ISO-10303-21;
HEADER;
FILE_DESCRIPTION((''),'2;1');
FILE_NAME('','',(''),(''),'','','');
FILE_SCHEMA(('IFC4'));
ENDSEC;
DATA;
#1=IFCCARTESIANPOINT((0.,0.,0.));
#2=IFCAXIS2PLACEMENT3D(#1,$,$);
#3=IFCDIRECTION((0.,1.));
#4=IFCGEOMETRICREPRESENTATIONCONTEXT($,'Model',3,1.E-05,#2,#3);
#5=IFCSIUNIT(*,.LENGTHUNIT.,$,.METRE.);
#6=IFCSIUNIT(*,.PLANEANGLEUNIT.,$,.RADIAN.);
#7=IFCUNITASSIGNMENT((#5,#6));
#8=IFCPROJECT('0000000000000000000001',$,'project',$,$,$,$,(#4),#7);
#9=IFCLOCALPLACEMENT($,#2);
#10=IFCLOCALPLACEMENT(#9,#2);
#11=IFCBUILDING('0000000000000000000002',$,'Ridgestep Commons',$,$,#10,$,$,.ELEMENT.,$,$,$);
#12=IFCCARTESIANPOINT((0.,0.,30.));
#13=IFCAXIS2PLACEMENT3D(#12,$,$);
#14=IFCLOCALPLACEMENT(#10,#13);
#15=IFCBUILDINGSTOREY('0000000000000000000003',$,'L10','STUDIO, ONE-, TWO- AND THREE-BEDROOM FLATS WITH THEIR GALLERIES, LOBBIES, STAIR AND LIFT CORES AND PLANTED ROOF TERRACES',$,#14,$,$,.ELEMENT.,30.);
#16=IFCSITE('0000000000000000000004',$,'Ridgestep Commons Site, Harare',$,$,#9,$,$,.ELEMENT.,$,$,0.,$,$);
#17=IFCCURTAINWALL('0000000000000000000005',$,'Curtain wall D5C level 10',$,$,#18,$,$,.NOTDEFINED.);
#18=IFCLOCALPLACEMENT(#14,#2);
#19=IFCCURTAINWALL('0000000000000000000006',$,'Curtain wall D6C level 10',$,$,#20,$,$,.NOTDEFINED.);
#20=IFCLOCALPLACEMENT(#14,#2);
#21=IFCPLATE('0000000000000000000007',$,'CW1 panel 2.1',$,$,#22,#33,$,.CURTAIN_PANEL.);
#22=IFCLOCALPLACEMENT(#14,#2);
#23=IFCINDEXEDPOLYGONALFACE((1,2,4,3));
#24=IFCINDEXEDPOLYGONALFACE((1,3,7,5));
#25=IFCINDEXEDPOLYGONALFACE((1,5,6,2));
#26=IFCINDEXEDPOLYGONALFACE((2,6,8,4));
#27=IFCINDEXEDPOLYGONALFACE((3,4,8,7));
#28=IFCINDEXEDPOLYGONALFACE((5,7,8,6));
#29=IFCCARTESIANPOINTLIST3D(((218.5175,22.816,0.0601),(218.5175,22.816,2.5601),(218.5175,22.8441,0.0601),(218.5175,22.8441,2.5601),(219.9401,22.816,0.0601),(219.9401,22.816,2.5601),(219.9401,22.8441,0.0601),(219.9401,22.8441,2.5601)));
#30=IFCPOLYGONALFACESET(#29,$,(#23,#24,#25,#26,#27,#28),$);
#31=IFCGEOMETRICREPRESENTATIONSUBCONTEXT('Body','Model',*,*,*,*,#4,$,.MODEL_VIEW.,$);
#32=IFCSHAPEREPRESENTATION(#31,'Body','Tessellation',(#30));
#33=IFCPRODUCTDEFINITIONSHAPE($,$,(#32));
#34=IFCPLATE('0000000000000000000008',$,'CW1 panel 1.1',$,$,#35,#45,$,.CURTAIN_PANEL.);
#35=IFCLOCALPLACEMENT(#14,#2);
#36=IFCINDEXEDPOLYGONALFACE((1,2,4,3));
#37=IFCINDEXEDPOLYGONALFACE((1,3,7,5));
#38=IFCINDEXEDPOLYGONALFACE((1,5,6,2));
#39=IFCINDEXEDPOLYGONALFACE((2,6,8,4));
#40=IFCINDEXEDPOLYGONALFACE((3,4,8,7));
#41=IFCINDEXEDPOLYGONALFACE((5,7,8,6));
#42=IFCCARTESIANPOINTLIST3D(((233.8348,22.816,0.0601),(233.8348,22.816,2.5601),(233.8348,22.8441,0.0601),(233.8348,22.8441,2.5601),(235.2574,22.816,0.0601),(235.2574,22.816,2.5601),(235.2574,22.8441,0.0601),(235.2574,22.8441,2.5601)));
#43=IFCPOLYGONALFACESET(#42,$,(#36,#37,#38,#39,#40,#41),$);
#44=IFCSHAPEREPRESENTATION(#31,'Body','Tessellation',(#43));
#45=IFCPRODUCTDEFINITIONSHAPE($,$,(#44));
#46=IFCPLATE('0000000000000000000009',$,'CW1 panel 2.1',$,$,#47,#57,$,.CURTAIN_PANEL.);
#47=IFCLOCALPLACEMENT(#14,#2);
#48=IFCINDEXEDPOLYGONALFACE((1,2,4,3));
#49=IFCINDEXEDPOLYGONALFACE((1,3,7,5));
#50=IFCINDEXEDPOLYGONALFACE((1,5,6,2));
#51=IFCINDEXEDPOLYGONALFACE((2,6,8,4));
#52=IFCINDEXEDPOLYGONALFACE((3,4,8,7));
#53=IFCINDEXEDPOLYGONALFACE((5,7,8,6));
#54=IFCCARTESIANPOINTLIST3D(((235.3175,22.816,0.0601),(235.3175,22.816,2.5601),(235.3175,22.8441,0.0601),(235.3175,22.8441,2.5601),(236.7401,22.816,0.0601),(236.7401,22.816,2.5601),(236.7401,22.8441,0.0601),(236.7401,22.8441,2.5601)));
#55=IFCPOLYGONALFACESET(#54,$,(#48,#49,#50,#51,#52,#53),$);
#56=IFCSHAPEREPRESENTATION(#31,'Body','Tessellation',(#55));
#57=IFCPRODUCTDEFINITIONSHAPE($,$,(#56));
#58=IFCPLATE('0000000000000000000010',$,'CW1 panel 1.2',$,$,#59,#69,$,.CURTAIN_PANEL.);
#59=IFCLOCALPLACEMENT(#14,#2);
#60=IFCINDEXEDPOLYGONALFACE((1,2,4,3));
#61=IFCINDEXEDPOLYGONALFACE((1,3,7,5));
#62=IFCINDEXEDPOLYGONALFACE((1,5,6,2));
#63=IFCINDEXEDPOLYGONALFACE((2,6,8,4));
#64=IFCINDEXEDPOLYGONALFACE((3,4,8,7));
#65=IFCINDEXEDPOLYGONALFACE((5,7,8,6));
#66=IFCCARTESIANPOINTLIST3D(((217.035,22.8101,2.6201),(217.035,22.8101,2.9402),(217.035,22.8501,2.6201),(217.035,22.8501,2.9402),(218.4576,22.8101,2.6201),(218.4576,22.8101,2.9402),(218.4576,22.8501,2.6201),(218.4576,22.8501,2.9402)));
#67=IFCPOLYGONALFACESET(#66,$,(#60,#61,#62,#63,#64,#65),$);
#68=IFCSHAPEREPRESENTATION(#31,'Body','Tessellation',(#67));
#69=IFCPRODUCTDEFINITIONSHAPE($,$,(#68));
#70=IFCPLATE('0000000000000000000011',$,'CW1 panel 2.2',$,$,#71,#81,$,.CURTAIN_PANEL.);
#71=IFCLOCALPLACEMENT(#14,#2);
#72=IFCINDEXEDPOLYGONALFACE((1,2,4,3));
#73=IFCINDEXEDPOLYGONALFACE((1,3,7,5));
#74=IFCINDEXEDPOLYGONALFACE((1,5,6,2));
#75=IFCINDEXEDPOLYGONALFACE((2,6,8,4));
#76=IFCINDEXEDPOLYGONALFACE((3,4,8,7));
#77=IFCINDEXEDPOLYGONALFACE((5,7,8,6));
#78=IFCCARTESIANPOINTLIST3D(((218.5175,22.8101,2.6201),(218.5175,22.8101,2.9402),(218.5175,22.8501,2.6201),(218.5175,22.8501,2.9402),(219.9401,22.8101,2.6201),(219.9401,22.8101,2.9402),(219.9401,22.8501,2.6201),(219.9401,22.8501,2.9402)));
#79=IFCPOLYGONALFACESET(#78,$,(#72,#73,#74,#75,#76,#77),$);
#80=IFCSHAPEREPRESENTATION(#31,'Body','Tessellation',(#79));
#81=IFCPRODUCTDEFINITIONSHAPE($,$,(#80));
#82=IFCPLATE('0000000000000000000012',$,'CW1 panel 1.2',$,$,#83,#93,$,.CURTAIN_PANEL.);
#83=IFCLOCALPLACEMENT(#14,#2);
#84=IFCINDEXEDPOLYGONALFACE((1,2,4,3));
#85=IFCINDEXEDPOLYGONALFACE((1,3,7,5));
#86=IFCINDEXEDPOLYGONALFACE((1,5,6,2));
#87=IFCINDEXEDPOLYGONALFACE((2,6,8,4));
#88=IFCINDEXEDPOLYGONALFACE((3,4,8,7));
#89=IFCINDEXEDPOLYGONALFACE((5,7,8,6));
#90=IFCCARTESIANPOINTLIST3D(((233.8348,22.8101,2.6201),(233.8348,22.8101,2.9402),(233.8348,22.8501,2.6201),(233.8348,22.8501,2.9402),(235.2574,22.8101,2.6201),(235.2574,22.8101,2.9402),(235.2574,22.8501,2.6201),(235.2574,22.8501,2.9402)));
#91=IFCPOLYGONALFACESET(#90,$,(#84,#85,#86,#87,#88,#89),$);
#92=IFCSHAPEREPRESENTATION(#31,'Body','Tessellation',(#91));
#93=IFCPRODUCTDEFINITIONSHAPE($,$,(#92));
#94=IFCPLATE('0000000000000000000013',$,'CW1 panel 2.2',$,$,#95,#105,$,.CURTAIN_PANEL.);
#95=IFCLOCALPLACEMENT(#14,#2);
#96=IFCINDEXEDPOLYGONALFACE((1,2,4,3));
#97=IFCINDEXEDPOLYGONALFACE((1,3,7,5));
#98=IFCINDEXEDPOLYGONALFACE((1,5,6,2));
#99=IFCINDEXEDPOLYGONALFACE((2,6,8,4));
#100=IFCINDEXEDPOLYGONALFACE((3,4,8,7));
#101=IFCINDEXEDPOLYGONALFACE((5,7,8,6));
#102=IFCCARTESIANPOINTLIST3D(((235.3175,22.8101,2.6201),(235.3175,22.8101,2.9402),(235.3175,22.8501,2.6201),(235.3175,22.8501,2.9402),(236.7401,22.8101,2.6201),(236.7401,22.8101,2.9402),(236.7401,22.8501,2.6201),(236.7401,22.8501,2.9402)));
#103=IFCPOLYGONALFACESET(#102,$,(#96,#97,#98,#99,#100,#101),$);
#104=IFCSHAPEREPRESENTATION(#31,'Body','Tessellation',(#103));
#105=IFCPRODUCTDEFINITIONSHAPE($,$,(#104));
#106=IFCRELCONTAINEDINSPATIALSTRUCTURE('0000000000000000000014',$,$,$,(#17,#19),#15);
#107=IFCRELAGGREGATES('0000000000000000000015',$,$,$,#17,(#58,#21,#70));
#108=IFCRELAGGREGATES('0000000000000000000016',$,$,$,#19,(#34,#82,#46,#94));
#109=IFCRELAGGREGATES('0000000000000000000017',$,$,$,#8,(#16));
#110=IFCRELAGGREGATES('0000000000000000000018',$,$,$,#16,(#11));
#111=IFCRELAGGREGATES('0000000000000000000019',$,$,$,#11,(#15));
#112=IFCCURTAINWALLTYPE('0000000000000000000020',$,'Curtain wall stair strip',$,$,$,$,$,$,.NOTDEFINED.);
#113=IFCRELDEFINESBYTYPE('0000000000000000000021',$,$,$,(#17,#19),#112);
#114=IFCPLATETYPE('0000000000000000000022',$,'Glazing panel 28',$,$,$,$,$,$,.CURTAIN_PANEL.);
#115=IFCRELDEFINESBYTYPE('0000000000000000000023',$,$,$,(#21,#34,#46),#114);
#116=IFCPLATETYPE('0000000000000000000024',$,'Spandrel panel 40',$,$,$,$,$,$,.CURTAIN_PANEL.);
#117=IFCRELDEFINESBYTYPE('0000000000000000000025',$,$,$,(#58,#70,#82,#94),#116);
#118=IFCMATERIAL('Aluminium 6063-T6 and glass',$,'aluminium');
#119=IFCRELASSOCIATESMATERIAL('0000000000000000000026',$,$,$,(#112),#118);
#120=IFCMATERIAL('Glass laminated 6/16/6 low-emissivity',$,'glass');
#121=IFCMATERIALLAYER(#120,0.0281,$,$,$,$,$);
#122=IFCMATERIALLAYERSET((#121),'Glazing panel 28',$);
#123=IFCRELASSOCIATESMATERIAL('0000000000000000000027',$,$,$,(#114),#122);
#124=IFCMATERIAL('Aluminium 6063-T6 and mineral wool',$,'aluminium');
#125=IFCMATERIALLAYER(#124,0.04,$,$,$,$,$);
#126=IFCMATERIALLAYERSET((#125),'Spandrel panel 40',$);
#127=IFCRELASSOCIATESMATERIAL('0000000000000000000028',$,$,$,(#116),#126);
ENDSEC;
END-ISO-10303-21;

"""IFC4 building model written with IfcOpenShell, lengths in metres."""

from ifc_helpers import new_model, si_unit, direction, frame, origin, origin_2d, place, context, subcontext, project, spatial, rectangle, extrude, material, layer, layer_set, type_object, element, aggregate, save


model = new_model("IFC4")

# Units and contexts
model_context = context("Model", 3, precision=1e-05, world=origin(), true_north=direction((0.0, 1.0)))
body_context = subcontext(model_context, "Body", "Model", "MODEL_VIEW")
ifc_project = project(units=[si_unit("LENGTHUNIT", "METRE"), si_unit("PLANEANGLEUNIT", "RADIAN")], contexts=[model_context])

# Site, building, storey
site_placement = place(None, origin())
site = spatial("IfcSite", under=ifc_project, at=site_placement, Name="Ridgestep Commons Site, Harare", CompositionType="ELEMENT", RefElevation=0.0)
building_placement = place(site_placement, origin())
building = spatial("IfcBuilding", under=site, at=building_placement, Name="Ridgestep Commons", CompositionType="ELEMENT")
storey_placement = place(building_placement, frame((0.0, 0.0, 30.0)))
storey = spatial("IfcBuildingStorey", under=building, at=storey_placement, Name="L10", Description="STUDIO, ONE-, TWO- AND THREE-BEDROOM FLATS WITH THEIR GALLERIES, LOBBIES, STAIR AND LIFT CORES AND PLANTED ROOF TERRACES", CompositionType="ELEMENT", Elevation=30.0)

# Curtain walls
ifc_material_1 = material(Name="Aluminium 6063-T6 and glass", Category="aluminium")
curtain_wall_type = type_object("IfcCurtainWallType", Name="Curtain wall stair strip", PredefinedType="NOTDEFINED", material=ifc_material_1)
curtain_wall_1_placement = place(storey_placement, origin())
curtain_wall_1 = element("IfcCurtainWall", 1, at=curtain_wall_1_placement, inside=storey, type_object=curtain_wall_type, Name="Curtain wall D5C level 10", PredefinedType="NOTDEFINED")
curtain_wall_2_placement = place(storey_placement, origin())
curtain_wall_2 = element("IfcCurtainWall", 2, at=curtain_wall_2_placement, inside=storey, type_object=curtain_wall_type, Name="Curtain wall D6C level 10", PredefinedType="NOTDEFINED")

# Plates
ifc_material_2 = material(Name="Glass laminated 6/16/6 low-emissivity", Category="glass")
ifc_layer_1 = layer(ifc_material_2, 0.0281)
ifc_layer_set_1 = layer_set([ifc_layer_1], Name="Glazing panel 28")
plate_type_1 = type_object("IfcPlateType", Name="Glazing panel 28", PredefinedType="CURTAIN_PANEL", material=ifc_layer_set_1)
plate_1_placement = place(storey_placement, frame((219.2288, 22.8301, 0.0601), z_axis=(0.0, 0.0, 1.0), x_axis=(1.0, 0.0, 0.0)))
plate_1 = element("IfcPlate", 3, at=plate_1_placement, type_object=plate_type_1, Name="CW1 panel 2.1", PredefinedType="CURTAIN_PANEL", context=body_context, shape_type="SweptSolid", body=[
    extrude(rectangle(XDim=1.4226, YDim=0.0281, at=origin_2d()), origin(), (0.0, 0.0, 1.0), 2.5),
])
plate_2_placement = place(storey_placement, frame((234.5461, 22.8301, 0.0601), z_axis=(0.0, 0.0, 1.0), x_axis=(1.0, 0.0, 0.0)))
plate_2 = element("IfcPlate", 4, at=plate_2_placement, type_object=plate_type_1, Name="CW1 panel 1.1", PredefinedType="CURTAIN_PANEL", context=body_context, shape_type="SweptSolid", body=[
    extrude(rectangle(XDim=1.4226, YDim=0.0281, at=origin_2d()), origin(), (0.0, 0.0, 1.0), 2.5),
])
plate_3_placement = place(storey_placement, frame((236.0288, 22.8301, 0.0601), z_axis=(0.0, 0.0, 1.0), x_axis=(1.0, 0.0, 0.0)))
plate_3 = element("IfcPlate", 5, at=plate_3_placement, type_object=plate_type_1, Name="CW1 panel 2.1", PredefinedType="CURTAIN_PANEL", context=body_context, shape_type="SweptSolid", body=[
    extrude(rectangle(XDim=1.4226, YDim=0.0281, at=origin_2d()), origin(), (0.0, 0.0, 1.0), 2.5),
])
ifc_material_3 = material(Name="Aluminium 6063-T6 and mineral wool", Category="aluminium")
ifc_layer_2 = layer(ifc_material_3, 0.04)
ifc_layer_set_2 = layer_set([ifc_layer_2], Name="Spandrel panel 40")
plate_type_2 = type_object("IfcPlateType", Name="Spandrel panel 40", PredefinedType="CURTAIN_PANEL", material=ifc_layer_set_2)
plate_4_placement = place(storey_placement, frame((217.7463, 22.8301, 2.6201), z_axis=(0.0, 0.0, 1.0), x_axis=(1.0, 0.0, 0.0)))
plate_4 = element("IfcPlate", 6, at=plate_4_placement, type_object=plate_type_2, Name="CW1 panel 1.2", PredefinedType="CURTAIN_PANEL", context=body_context, shape_type="SweptSolid", body=[
    extrude(rectangle(XDim=1.4226, YDim=0.04, at=origin_2d()), origin(), (0.0, 0.0, 1.0), 0.3201),
])
plate_5_placement = place(storey_placement, frame((219.2288, 22.8301, 2.6201), z_axis=(0.0, 0.0, 1.0), x_axis=(1.0, 0.0, 0.0)))
plate_5 = element("IfcPlate", 7, at=plate_5_placement, type_object=plate_type_2, Name="CW1 panel 2.2", PredefinedType="CURTAIN_PANEL", context=body_context, shape_type="SweptSolid", body=[
    extrude(rectangle(XDim=1.4226, YDim=0.04, at=origin_2d()), origin(), (0.0, 0.0, 1.0), 0.3201),
])
aggregate(curtain_wall_1, [plate_4, plate_1, plate_5])
plate_6_placement = place(storey_placement, frame((234.5461, 22.8301, 2.6201), z_axis=(0.0, 0.0, 1.0), x_axis=(1.0, 0.0, 0.0)))
plate_6 = element("IfcPlate", 8, at=plate_6_placement, type_object=plate_type_2, Name="CW1 panel 1.2", PredefinedType="CURTAIN_PANEL", context=body_context, shape_type="SweptSolid", body=[
    extrude(rectangle(XDim=1.4226, YDim=0.04, at=origin_2d()), origin(), (0.0, 0.0, 1.0), 0.3201),
])
plate_7_placement = place(storey_placement, frame((236.0288, 22.8301, 2.6201), z_axis=(0.0, 0.0, 1.0), x_axis=(1.0, 0.0, 0.0)))
plate_7 = element("IfcPlate", 9, at=plate_7_placement, type_object=plate_type_2, Name="CW1 panel 2.2", PredefinedType="CURTAIN_PANEL", context=body_context, shape_type="SweptSolid", body=[
    extrude(rectangle(XDim=1.4226, YDim=0.04, at=origin_2d()), origin(), (0.0, 0.0, 1.0), 0.3201),
])
aggregate(curtain_wall_2, [plate_2, plate_6, plate_3, plate_7])

save(model, "model.ifc")
